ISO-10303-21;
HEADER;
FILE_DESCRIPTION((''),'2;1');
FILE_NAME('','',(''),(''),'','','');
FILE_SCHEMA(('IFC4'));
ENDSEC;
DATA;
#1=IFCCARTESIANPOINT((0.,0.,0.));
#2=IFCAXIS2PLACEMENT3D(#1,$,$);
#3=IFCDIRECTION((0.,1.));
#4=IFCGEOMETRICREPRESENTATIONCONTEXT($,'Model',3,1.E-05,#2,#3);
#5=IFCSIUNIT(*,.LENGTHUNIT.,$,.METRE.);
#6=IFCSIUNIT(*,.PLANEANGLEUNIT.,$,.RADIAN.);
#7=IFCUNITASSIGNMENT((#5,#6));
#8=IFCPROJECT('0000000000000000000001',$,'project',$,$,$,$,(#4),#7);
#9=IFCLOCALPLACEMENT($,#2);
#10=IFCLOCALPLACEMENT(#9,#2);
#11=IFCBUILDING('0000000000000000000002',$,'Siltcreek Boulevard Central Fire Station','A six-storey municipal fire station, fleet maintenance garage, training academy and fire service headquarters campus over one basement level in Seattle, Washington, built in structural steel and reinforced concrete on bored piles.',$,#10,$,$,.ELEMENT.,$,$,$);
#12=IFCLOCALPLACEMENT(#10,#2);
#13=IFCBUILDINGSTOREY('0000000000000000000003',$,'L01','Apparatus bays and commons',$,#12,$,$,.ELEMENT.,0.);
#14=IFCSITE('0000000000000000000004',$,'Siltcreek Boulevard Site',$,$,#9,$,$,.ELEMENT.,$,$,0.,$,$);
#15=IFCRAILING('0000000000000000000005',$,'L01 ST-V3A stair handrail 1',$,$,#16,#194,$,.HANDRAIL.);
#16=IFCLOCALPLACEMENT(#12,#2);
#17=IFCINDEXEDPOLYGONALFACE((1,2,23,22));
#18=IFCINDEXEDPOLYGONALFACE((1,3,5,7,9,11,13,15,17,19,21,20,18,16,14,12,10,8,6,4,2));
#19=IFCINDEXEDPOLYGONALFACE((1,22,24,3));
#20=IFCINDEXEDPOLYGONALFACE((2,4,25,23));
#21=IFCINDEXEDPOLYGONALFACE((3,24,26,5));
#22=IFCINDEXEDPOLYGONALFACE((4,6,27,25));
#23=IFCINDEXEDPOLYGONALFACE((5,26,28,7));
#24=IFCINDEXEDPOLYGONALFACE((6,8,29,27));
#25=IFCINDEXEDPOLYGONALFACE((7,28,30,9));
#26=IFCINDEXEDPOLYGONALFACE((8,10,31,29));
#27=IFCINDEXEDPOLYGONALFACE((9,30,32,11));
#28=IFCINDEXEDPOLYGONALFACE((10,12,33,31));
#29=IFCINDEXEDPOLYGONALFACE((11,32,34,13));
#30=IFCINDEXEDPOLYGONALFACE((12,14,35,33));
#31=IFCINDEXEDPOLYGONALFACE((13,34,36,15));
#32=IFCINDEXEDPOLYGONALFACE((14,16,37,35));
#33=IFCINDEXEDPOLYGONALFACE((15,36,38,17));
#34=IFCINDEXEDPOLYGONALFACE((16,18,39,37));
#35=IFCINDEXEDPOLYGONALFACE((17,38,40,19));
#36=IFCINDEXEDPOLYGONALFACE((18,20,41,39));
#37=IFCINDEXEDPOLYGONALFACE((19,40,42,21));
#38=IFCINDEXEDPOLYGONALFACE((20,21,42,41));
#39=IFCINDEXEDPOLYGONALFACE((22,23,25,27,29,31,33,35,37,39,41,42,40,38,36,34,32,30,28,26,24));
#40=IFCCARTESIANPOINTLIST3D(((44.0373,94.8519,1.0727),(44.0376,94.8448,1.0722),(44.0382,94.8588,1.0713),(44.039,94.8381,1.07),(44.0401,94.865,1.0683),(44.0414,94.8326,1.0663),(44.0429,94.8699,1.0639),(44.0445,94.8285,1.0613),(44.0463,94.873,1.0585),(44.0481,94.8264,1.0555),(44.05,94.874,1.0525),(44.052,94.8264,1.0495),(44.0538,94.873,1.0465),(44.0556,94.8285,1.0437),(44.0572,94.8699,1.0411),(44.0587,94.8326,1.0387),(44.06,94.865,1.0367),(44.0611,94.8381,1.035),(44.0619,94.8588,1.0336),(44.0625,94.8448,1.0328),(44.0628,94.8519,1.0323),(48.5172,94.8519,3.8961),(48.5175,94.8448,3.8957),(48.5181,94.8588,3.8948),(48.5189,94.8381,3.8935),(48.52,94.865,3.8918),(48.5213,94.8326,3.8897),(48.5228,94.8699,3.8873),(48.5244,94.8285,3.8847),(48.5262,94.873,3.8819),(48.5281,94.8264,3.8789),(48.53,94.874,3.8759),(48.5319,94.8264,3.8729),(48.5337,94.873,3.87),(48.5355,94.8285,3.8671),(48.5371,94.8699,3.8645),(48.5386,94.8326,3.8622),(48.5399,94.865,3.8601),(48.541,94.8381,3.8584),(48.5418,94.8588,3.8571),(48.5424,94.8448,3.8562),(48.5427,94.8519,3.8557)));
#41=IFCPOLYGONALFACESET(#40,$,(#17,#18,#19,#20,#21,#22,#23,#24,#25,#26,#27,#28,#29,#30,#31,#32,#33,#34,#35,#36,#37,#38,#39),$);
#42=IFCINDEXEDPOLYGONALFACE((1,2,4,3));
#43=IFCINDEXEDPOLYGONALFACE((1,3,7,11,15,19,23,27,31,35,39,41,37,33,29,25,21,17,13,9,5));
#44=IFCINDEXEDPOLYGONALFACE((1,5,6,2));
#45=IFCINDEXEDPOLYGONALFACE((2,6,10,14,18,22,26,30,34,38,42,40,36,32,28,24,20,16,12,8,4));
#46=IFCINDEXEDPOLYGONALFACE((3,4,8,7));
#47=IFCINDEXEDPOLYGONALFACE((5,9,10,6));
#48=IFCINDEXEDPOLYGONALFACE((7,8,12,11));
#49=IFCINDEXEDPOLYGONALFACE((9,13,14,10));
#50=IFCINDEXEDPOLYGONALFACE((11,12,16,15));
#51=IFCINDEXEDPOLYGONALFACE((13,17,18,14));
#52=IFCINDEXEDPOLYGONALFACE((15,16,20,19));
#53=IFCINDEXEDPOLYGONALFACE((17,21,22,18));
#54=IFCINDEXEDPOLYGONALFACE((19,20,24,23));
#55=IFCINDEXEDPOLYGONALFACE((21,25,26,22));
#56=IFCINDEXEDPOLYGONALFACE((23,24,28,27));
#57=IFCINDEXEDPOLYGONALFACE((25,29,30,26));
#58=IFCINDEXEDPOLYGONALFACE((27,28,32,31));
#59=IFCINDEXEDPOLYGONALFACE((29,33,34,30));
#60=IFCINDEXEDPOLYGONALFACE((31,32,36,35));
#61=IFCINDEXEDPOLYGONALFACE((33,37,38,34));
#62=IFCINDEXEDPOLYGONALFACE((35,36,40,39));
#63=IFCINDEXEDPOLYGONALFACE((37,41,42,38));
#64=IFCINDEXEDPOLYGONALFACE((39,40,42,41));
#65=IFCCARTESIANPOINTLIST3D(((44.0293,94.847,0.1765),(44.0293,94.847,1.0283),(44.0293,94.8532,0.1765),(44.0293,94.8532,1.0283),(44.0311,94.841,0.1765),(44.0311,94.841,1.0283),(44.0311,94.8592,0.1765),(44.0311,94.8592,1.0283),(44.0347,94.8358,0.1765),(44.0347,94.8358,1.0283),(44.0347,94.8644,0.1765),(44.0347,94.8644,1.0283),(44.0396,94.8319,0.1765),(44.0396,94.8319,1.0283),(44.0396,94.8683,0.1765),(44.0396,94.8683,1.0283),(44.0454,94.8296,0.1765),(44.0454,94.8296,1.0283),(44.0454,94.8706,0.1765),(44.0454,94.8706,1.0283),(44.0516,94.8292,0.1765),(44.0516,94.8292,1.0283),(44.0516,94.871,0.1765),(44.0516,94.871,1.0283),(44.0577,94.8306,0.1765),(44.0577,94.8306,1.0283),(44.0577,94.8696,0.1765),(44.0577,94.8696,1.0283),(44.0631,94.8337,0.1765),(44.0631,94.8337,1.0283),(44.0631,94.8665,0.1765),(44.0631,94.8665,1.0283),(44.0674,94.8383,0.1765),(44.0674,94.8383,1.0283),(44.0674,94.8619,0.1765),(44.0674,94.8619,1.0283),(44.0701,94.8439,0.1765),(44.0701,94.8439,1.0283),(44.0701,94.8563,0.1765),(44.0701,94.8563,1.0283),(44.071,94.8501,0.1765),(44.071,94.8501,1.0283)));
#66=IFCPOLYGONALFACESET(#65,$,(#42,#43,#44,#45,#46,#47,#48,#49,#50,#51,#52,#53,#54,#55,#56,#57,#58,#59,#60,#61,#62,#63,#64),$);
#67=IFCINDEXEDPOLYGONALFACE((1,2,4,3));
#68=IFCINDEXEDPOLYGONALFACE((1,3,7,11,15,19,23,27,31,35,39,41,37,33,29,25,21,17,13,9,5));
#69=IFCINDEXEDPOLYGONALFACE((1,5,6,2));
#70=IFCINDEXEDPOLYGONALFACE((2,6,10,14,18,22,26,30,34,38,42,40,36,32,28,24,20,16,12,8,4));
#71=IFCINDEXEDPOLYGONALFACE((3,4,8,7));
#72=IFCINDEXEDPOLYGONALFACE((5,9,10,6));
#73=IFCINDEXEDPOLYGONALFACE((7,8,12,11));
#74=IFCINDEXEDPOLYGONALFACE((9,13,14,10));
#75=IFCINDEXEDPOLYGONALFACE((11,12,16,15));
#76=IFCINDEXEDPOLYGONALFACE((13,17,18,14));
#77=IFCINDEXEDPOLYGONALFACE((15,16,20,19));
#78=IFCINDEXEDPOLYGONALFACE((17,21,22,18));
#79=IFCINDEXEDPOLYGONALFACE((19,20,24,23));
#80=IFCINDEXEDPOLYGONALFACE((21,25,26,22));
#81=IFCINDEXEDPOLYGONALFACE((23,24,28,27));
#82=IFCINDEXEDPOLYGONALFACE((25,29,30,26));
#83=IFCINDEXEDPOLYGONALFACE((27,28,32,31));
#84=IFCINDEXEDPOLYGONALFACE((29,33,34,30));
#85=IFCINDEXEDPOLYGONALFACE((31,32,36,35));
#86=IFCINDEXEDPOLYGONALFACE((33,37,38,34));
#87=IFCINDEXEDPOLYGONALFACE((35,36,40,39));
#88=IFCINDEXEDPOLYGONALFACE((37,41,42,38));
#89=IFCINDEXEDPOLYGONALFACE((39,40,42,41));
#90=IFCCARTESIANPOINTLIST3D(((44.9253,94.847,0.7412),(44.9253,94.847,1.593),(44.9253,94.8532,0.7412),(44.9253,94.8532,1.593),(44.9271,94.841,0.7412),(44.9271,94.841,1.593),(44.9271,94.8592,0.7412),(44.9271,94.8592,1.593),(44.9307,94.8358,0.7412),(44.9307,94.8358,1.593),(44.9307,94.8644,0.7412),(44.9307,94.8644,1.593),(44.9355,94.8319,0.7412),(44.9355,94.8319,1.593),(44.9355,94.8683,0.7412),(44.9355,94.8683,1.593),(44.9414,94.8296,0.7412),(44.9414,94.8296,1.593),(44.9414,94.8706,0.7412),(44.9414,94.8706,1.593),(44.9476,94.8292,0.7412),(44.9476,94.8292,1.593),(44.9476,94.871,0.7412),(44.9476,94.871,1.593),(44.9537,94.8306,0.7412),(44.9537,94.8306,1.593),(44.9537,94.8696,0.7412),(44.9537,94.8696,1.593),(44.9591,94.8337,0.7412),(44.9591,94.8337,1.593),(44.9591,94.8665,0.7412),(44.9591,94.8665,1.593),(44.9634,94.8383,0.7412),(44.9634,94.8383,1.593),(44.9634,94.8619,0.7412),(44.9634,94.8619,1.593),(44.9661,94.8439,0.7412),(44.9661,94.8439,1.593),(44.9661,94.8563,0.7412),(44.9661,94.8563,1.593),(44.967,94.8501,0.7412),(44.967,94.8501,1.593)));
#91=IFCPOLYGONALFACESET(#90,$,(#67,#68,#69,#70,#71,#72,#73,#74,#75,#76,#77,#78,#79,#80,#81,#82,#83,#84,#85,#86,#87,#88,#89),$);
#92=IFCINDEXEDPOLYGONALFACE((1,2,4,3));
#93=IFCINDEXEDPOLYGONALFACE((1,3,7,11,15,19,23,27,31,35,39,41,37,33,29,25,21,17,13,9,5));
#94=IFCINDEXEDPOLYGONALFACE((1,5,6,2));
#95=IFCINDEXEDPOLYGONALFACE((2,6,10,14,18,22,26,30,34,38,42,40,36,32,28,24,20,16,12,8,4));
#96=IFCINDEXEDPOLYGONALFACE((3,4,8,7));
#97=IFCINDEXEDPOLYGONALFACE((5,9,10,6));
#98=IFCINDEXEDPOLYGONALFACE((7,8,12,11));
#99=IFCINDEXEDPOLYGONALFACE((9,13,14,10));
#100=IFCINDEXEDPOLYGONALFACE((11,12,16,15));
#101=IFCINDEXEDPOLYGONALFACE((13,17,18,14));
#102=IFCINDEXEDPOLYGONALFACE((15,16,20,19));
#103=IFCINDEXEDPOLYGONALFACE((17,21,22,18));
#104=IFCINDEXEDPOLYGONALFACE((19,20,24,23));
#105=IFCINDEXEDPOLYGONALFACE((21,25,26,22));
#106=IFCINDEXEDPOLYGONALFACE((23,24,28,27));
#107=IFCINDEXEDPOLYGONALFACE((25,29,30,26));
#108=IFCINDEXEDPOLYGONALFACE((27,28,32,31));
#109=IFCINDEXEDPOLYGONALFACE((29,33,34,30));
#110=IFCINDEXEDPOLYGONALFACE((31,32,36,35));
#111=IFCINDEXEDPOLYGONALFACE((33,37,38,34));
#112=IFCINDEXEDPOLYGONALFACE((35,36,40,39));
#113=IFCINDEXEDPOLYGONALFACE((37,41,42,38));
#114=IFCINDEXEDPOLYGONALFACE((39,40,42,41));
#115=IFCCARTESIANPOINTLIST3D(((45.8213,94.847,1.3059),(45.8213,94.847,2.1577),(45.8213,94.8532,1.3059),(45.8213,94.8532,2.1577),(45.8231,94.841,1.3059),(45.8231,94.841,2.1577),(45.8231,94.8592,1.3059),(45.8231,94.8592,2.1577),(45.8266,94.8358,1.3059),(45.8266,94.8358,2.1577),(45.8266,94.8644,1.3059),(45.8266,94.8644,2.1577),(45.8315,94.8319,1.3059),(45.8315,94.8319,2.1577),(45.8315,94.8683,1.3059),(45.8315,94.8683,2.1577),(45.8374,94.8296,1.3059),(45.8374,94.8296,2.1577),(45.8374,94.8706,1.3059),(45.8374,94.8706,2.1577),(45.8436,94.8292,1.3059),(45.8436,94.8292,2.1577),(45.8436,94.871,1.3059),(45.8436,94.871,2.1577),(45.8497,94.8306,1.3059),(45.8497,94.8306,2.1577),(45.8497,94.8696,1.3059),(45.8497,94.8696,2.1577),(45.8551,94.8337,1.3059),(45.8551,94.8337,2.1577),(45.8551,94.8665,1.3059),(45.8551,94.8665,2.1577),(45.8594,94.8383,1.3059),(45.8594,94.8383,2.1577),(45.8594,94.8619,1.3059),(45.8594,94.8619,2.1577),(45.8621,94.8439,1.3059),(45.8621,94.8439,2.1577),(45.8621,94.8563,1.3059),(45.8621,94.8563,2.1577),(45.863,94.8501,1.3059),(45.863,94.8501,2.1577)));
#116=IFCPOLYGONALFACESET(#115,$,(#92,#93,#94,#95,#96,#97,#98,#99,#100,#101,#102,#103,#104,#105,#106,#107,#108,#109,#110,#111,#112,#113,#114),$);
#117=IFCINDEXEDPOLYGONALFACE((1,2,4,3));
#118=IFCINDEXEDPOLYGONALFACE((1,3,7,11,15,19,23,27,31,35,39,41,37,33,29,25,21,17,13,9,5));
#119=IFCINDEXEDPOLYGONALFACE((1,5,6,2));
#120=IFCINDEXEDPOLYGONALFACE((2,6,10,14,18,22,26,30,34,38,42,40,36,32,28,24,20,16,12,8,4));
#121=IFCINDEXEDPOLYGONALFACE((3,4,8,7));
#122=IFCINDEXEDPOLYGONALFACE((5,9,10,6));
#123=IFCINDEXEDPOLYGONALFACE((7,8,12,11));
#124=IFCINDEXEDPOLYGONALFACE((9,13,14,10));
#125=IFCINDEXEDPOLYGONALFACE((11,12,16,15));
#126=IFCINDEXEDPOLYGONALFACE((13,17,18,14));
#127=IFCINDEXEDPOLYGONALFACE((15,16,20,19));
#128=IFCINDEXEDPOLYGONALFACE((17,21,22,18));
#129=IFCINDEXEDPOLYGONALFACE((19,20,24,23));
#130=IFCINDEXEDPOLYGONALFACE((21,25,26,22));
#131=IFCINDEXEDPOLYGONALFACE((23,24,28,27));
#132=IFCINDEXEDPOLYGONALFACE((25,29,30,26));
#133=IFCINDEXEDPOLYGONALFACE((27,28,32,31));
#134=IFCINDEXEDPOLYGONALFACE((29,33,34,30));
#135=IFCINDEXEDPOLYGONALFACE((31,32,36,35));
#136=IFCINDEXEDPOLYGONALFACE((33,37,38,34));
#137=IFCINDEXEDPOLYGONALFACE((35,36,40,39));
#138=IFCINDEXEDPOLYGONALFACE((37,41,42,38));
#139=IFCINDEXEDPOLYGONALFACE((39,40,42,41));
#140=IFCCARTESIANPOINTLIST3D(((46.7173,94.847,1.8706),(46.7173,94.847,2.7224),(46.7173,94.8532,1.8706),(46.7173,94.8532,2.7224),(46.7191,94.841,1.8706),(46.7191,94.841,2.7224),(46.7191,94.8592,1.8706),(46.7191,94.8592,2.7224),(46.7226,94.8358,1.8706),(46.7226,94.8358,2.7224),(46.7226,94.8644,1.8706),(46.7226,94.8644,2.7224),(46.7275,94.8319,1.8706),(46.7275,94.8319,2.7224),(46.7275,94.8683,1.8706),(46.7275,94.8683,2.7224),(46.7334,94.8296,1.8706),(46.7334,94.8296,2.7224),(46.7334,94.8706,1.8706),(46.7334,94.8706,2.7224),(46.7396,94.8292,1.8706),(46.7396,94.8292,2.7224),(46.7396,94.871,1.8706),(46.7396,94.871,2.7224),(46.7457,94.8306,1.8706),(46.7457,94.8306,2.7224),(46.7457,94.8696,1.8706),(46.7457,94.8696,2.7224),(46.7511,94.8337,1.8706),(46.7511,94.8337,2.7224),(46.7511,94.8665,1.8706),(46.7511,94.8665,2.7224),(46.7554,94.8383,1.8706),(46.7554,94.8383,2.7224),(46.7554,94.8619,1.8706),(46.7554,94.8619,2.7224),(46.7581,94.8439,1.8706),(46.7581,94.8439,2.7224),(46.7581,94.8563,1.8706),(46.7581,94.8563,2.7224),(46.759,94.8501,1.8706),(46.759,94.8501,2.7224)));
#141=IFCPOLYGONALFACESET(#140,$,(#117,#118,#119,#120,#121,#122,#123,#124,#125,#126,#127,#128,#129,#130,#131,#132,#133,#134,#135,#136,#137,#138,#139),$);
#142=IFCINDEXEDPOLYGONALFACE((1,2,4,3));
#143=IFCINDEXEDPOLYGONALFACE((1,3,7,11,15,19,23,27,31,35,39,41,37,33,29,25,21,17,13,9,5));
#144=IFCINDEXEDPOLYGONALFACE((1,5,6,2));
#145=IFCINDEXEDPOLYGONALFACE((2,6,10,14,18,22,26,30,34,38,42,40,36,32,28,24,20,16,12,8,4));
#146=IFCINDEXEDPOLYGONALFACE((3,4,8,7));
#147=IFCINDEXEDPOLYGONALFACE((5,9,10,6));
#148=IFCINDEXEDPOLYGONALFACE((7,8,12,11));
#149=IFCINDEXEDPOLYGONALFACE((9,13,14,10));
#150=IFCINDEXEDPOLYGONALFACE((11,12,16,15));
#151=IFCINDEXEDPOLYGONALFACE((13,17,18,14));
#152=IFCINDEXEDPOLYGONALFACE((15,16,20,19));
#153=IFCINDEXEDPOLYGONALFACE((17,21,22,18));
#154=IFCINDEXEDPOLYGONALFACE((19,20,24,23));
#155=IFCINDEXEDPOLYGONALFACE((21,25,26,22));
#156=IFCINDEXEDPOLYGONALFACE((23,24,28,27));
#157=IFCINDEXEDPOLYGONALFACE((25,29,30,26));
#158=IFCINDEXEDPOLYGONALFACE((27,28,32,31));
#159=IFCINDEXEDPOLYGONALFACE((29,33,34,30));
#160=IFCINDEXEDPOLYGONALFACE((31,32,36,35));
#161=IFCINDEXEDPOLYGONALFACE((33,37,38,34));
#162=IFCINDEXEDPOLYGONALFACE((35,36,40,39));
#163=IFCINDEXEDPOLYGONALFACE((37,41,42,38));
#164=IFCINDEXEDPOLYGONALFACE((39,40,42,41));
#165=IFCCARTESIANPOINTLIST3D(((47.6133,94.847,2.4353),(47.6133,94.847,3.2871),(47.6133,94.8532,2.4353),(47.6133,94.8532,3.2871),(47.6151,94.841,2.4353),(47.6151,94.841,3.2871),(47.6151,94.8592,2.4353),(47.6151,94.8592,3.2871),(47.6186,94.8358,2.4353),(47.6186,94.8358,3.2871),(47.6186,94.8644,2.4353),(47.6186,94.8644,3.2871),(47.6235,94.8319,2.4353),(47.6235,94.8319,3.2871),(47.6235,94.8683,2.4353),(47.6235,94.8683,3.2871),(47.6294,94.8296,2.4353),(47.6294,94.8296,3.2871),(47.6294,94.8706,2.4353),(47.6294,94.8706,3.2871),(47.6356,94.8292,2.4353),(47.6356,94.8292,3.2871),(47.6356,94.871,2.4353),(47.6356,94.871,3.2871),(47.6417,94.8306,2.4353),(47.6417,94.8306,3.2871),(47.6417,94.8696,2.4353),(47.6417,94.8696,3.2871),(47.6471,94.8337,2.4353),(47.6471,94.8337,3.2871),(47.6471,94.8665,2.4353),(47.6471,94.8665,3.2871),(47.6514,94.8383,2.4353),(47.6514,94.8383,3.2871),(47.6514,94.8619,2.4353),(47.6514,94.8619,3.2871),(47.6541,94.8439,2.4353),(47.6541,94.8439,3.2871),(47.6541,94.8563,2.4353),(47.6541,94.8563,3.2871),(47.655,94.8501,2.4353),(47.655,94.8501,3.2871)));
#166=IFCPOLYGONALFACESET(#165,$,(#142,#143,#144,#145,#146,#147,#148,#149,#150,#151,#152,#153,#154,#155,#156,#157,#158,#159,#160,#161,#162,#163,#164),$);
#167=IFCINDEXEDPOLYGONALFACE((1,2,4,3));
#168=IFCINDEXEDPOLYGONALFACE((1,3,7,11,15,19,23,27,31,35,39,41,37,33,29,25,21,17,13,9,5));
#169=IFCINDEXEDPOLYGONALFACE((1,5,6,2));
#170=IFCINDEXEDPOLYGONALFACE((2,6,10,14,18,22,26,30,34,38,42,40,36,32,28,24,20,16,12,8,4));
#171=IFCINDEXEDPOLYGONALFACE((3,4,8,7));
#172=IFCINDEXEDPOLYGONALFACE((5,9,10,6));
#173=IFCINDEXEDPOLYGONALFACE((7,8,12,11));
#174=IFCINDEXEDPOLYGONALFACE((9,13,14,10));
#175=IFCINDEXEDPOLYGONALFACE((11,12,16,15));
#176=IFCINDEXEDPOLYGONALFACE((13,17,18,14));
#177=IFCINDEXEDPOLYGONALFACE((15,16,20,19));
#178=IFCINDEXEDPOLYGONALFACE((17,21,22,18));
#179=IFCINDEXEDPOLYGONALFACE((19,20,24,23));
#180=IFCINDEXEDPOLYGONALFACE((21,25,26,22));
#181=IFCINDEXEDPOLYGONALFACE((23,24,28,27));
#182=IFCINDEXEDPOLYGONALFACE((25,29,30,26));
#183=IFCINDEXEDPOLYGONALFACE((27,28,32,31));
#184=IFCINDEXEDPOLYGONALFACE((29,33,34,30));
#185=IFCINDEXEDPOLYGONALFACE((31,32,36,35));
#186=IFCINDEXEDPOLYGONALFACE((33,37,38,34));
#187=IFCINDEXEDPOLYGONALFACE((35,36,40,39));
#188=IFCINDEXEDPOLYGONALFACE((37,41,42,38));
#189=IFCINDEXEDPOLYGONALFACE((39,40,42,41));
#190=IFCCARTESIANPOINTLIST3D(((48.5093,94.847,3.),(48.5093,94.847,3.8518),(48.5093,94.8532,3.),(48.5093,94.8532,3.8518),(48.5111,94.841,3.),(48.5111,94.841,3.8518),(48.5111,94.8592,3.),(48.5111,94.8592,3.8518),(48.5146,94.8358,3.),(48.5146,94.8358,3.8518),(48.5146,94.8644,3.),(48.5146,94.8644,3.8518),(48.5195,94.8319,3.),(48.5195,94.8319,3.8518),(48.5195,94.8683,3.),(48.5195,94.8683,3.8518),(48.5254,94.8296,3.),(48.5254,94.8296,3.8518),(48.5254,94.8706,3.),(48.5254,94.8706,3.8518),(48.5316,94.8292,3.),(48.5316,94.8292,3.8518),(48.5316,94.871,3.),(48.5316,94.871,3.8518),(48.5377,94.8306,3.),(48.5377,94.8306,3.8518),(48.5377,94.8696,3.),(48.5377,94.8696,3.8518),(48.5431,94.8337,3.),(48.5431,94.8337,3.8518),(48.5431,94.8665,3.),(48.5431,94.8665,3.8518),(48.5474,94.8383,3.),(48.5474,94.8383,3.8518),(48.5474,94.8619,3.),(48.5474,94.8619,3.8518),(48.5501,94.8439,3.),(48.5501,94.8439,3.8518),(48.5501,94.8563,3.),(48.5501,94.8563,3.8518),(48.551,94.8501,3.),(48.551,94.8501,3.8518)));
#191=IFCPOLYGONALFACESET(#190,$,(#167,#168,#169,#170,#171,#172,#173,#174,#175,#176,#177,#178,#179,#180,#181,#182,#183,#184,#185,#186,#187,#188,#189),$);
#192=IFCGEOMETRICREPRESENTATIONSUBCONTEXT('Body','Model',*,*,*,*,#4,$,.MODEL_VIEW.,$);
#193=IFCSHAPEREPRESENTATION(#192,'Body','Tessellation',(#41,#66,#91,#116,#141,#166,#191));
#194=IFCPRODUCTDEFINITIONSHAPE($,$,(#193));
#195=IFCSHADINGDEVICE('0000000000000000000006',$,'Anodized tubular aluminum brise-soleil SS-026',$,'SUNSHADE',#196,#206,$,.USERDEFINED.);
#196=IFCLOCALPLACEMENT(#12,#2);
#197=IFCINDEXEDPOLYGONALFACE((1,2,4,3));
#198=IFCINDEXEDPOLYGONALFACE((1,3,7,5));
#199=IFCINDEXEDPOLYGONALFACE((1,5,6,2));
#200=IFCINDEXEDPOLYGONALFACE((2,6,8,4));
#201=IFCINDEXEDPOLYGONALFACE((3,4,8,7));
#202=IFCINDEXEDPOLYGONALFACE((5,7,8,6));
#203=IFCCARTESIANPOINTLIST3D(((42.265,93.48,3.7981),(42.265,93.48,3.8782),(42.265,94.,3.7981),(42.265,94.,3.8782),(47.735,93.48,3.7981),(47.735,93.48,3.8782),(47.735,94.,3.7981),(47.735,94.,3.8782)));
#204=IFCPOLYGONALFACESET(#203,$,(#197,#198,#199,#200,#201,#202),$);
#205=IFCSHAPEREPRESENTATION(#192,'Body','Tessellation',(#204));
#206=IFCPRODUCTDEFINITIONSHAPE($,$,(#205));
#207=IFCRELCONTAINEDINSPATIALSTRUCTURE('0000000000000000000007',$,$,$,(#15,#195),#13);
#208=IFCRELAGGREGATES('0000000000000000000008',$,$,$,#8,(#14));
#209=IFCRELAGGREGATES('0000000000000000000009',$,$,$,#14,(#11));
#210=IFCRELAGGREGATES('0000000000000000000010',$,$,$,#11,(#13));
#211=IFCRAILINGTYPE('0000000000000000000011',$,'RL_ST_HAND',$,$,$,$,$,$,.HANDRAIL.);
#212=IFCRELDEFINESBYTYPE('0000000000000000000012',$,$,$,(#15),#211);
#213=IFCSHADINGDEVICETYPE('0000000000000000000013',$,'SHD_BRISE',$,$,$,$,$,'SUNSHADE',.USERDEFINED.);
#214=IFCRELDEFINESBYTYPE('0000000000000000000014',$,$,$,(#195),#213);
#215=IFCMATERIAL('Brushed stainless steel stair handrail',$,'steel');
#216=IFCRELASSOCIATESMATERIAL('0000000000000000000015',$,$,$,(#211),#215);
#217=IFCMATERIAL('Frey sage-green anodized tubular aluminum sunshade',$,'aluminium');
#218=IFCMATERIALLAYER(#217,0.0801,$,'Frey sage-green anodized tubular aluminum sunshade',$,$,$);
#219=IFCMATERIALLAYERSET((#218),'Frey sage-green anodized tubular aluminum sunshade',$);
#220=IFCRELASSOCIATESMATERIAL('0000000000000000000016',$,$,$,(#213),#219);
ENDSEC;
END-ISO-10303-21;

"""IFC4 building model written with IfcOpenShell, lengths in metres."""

from ifc_helpers import new_model, si_unit, direction, frame, origin, origin_2d, place, context, subcontext, project, spatial, rectangle, circle, extrude, material, layer, layer_set, type_object, element, save


model = new_model("IFC4")

# Units and contexts
model_context = context("Model", 3, precision=1e-05, world=origin(), true_north=direction((0.0, 1.0)))
body_context = subcontext(model_context, "Body", "Model", "MODEL_VIEW")
ifc_project = project(units=[si_unit("LENGTHUNIT", "METRE"), si_unit("PLANEANGLEUNIT", "RADIAN")], contexts=[model_context])

# Site, building, storey
site_placement = place(None, origin())
site = spatial("IfcSite", under=ifc_project, at=site_placement, Name="Siltcreek Boulevard Site", CompositionType="ELEMENT", RefElevation=0.0)
building_placement = place(site_placement, origin())
building = spatial("IfcBuilding", under=site, at=building_placement, Name="Siltcreek Boulevard Central Fire Station", Description="A six-storey municipal fire station, fleet maintenance garage, training academy and fire service headquarters campus over one basement level in Seattle, Washington, built in structural steel and reinforced concrete on bored piles.", CompositionType="ELEMENT")
storey_placement = place(building_placement, origin())
storey = spatial("IfcBuildingStorey", under=building, at=storey_placement, Name="L01", Description="Apparatus bays and commons", CompositionType="ELEMENT", Elevation=0.0)

# Railing
ifc_material_1 = material(Name="Brushed stainless steel stair handrail", Category="steel")
railing_type_1 = type_object("IfcRailingType", Name="RL_ST_HAND", PredefinedType="HANDRAIL", material=ifc_material_1)
railing_1_placement = place(storey_placement, frame((44.05, 94.8501, 0.1765)))
element("IfcRailing", 1, at=railing_1_placement, inside=storey, type_object=railing_type_1, Name="L01 ST-V3A stair handrail 1", PredefinedType="HANDRAIL", context=body_context, shape_type="SweptSolid", body=[
    extrude(circle(Radius=0.0239, at=origin_2d()), frame((0.0, 0.0, 0.876), z_axis=(0.845998, 0.0, 0.533186), x_axis=(0.0, 1.0, 0.0)), (0.0, 0.0, 1.0), 5.2954),
    extrude(circle(Radius=0.021, at=origin_2d()), origin(), (0.0, 0.0, 1.0), 0.8518),
    extrude(circle(Radius=0.021, at=origin_2d()), frame((0.896, 0.0, 0.5647)), (0.0, 0.0, 1.0), 0.8518),
    extrude(circle(Radius=0.021, at=origin_2d()), frame((1.792, 0.0, 1.1294)), (0.0, 0.0, 1.0), 0.8518),
    extrude(circle(Radius=0.021, at=origin_2d()), frame((2.688, 0.0, 1.6941)), (0.0, 0.0, 1.0), 0.8518),
    extrude(circle(Radius=0.021, at=origin_2d()), frame((3.584, 0.0, 2.2588)), (0.0, 0.0, 1.0), 0.8518),
    extrude(circle(Radius=0.021, at=origin_2d()), frame((4.48, 0.0, 2.8235)), (0.0, 0.0, 1.0), 0.8518),
])

# Shading device
ifc_material_2 = material(Name="Frey sage-green anodized tubular aluminum sunshade", Category="aluminium")
ifc_layer_1 = layer(ifc_material_2, 0.0801, Name="Frey sage-green anodized tubular aluminum sunshade")
ifc_layer_set_1 = layer_set([ifc_layer_1], Name="Frey sage-green anodized tubular aluminum sunshade")
shading_device_type = type_object("IfcShadingDeviceType", Name="SHD_BRISE", ElementType="SUNSHADE", PredefinedType="USERDEFINED", material=ifc_layer_set_1)
shading_device_placement = place(storey_placement, frame((45.0, 93.74, 3.7981), z_axis=(0.0, 0.0, 1.0), x_axis=(1.0, 0.0, 0.0)))
element("IfcShadingDevice", 2, at=shading_device_placement, inside=storey, type_object=shading_device_type, Name="Anodized tubular aluminum brise-soleil SS-026", ObjectType="SUNSHADE", PredefinedType="USERDEFINED", context=body_context, shape_type="SweptSolid", body=[
    extrude(rectangle(XDim=5.47, YDim=0.52, at=origin_2d()), origin(), (0.0, 0.0, 1.0), 0.0801),
])

save(model, "model.ifc")
